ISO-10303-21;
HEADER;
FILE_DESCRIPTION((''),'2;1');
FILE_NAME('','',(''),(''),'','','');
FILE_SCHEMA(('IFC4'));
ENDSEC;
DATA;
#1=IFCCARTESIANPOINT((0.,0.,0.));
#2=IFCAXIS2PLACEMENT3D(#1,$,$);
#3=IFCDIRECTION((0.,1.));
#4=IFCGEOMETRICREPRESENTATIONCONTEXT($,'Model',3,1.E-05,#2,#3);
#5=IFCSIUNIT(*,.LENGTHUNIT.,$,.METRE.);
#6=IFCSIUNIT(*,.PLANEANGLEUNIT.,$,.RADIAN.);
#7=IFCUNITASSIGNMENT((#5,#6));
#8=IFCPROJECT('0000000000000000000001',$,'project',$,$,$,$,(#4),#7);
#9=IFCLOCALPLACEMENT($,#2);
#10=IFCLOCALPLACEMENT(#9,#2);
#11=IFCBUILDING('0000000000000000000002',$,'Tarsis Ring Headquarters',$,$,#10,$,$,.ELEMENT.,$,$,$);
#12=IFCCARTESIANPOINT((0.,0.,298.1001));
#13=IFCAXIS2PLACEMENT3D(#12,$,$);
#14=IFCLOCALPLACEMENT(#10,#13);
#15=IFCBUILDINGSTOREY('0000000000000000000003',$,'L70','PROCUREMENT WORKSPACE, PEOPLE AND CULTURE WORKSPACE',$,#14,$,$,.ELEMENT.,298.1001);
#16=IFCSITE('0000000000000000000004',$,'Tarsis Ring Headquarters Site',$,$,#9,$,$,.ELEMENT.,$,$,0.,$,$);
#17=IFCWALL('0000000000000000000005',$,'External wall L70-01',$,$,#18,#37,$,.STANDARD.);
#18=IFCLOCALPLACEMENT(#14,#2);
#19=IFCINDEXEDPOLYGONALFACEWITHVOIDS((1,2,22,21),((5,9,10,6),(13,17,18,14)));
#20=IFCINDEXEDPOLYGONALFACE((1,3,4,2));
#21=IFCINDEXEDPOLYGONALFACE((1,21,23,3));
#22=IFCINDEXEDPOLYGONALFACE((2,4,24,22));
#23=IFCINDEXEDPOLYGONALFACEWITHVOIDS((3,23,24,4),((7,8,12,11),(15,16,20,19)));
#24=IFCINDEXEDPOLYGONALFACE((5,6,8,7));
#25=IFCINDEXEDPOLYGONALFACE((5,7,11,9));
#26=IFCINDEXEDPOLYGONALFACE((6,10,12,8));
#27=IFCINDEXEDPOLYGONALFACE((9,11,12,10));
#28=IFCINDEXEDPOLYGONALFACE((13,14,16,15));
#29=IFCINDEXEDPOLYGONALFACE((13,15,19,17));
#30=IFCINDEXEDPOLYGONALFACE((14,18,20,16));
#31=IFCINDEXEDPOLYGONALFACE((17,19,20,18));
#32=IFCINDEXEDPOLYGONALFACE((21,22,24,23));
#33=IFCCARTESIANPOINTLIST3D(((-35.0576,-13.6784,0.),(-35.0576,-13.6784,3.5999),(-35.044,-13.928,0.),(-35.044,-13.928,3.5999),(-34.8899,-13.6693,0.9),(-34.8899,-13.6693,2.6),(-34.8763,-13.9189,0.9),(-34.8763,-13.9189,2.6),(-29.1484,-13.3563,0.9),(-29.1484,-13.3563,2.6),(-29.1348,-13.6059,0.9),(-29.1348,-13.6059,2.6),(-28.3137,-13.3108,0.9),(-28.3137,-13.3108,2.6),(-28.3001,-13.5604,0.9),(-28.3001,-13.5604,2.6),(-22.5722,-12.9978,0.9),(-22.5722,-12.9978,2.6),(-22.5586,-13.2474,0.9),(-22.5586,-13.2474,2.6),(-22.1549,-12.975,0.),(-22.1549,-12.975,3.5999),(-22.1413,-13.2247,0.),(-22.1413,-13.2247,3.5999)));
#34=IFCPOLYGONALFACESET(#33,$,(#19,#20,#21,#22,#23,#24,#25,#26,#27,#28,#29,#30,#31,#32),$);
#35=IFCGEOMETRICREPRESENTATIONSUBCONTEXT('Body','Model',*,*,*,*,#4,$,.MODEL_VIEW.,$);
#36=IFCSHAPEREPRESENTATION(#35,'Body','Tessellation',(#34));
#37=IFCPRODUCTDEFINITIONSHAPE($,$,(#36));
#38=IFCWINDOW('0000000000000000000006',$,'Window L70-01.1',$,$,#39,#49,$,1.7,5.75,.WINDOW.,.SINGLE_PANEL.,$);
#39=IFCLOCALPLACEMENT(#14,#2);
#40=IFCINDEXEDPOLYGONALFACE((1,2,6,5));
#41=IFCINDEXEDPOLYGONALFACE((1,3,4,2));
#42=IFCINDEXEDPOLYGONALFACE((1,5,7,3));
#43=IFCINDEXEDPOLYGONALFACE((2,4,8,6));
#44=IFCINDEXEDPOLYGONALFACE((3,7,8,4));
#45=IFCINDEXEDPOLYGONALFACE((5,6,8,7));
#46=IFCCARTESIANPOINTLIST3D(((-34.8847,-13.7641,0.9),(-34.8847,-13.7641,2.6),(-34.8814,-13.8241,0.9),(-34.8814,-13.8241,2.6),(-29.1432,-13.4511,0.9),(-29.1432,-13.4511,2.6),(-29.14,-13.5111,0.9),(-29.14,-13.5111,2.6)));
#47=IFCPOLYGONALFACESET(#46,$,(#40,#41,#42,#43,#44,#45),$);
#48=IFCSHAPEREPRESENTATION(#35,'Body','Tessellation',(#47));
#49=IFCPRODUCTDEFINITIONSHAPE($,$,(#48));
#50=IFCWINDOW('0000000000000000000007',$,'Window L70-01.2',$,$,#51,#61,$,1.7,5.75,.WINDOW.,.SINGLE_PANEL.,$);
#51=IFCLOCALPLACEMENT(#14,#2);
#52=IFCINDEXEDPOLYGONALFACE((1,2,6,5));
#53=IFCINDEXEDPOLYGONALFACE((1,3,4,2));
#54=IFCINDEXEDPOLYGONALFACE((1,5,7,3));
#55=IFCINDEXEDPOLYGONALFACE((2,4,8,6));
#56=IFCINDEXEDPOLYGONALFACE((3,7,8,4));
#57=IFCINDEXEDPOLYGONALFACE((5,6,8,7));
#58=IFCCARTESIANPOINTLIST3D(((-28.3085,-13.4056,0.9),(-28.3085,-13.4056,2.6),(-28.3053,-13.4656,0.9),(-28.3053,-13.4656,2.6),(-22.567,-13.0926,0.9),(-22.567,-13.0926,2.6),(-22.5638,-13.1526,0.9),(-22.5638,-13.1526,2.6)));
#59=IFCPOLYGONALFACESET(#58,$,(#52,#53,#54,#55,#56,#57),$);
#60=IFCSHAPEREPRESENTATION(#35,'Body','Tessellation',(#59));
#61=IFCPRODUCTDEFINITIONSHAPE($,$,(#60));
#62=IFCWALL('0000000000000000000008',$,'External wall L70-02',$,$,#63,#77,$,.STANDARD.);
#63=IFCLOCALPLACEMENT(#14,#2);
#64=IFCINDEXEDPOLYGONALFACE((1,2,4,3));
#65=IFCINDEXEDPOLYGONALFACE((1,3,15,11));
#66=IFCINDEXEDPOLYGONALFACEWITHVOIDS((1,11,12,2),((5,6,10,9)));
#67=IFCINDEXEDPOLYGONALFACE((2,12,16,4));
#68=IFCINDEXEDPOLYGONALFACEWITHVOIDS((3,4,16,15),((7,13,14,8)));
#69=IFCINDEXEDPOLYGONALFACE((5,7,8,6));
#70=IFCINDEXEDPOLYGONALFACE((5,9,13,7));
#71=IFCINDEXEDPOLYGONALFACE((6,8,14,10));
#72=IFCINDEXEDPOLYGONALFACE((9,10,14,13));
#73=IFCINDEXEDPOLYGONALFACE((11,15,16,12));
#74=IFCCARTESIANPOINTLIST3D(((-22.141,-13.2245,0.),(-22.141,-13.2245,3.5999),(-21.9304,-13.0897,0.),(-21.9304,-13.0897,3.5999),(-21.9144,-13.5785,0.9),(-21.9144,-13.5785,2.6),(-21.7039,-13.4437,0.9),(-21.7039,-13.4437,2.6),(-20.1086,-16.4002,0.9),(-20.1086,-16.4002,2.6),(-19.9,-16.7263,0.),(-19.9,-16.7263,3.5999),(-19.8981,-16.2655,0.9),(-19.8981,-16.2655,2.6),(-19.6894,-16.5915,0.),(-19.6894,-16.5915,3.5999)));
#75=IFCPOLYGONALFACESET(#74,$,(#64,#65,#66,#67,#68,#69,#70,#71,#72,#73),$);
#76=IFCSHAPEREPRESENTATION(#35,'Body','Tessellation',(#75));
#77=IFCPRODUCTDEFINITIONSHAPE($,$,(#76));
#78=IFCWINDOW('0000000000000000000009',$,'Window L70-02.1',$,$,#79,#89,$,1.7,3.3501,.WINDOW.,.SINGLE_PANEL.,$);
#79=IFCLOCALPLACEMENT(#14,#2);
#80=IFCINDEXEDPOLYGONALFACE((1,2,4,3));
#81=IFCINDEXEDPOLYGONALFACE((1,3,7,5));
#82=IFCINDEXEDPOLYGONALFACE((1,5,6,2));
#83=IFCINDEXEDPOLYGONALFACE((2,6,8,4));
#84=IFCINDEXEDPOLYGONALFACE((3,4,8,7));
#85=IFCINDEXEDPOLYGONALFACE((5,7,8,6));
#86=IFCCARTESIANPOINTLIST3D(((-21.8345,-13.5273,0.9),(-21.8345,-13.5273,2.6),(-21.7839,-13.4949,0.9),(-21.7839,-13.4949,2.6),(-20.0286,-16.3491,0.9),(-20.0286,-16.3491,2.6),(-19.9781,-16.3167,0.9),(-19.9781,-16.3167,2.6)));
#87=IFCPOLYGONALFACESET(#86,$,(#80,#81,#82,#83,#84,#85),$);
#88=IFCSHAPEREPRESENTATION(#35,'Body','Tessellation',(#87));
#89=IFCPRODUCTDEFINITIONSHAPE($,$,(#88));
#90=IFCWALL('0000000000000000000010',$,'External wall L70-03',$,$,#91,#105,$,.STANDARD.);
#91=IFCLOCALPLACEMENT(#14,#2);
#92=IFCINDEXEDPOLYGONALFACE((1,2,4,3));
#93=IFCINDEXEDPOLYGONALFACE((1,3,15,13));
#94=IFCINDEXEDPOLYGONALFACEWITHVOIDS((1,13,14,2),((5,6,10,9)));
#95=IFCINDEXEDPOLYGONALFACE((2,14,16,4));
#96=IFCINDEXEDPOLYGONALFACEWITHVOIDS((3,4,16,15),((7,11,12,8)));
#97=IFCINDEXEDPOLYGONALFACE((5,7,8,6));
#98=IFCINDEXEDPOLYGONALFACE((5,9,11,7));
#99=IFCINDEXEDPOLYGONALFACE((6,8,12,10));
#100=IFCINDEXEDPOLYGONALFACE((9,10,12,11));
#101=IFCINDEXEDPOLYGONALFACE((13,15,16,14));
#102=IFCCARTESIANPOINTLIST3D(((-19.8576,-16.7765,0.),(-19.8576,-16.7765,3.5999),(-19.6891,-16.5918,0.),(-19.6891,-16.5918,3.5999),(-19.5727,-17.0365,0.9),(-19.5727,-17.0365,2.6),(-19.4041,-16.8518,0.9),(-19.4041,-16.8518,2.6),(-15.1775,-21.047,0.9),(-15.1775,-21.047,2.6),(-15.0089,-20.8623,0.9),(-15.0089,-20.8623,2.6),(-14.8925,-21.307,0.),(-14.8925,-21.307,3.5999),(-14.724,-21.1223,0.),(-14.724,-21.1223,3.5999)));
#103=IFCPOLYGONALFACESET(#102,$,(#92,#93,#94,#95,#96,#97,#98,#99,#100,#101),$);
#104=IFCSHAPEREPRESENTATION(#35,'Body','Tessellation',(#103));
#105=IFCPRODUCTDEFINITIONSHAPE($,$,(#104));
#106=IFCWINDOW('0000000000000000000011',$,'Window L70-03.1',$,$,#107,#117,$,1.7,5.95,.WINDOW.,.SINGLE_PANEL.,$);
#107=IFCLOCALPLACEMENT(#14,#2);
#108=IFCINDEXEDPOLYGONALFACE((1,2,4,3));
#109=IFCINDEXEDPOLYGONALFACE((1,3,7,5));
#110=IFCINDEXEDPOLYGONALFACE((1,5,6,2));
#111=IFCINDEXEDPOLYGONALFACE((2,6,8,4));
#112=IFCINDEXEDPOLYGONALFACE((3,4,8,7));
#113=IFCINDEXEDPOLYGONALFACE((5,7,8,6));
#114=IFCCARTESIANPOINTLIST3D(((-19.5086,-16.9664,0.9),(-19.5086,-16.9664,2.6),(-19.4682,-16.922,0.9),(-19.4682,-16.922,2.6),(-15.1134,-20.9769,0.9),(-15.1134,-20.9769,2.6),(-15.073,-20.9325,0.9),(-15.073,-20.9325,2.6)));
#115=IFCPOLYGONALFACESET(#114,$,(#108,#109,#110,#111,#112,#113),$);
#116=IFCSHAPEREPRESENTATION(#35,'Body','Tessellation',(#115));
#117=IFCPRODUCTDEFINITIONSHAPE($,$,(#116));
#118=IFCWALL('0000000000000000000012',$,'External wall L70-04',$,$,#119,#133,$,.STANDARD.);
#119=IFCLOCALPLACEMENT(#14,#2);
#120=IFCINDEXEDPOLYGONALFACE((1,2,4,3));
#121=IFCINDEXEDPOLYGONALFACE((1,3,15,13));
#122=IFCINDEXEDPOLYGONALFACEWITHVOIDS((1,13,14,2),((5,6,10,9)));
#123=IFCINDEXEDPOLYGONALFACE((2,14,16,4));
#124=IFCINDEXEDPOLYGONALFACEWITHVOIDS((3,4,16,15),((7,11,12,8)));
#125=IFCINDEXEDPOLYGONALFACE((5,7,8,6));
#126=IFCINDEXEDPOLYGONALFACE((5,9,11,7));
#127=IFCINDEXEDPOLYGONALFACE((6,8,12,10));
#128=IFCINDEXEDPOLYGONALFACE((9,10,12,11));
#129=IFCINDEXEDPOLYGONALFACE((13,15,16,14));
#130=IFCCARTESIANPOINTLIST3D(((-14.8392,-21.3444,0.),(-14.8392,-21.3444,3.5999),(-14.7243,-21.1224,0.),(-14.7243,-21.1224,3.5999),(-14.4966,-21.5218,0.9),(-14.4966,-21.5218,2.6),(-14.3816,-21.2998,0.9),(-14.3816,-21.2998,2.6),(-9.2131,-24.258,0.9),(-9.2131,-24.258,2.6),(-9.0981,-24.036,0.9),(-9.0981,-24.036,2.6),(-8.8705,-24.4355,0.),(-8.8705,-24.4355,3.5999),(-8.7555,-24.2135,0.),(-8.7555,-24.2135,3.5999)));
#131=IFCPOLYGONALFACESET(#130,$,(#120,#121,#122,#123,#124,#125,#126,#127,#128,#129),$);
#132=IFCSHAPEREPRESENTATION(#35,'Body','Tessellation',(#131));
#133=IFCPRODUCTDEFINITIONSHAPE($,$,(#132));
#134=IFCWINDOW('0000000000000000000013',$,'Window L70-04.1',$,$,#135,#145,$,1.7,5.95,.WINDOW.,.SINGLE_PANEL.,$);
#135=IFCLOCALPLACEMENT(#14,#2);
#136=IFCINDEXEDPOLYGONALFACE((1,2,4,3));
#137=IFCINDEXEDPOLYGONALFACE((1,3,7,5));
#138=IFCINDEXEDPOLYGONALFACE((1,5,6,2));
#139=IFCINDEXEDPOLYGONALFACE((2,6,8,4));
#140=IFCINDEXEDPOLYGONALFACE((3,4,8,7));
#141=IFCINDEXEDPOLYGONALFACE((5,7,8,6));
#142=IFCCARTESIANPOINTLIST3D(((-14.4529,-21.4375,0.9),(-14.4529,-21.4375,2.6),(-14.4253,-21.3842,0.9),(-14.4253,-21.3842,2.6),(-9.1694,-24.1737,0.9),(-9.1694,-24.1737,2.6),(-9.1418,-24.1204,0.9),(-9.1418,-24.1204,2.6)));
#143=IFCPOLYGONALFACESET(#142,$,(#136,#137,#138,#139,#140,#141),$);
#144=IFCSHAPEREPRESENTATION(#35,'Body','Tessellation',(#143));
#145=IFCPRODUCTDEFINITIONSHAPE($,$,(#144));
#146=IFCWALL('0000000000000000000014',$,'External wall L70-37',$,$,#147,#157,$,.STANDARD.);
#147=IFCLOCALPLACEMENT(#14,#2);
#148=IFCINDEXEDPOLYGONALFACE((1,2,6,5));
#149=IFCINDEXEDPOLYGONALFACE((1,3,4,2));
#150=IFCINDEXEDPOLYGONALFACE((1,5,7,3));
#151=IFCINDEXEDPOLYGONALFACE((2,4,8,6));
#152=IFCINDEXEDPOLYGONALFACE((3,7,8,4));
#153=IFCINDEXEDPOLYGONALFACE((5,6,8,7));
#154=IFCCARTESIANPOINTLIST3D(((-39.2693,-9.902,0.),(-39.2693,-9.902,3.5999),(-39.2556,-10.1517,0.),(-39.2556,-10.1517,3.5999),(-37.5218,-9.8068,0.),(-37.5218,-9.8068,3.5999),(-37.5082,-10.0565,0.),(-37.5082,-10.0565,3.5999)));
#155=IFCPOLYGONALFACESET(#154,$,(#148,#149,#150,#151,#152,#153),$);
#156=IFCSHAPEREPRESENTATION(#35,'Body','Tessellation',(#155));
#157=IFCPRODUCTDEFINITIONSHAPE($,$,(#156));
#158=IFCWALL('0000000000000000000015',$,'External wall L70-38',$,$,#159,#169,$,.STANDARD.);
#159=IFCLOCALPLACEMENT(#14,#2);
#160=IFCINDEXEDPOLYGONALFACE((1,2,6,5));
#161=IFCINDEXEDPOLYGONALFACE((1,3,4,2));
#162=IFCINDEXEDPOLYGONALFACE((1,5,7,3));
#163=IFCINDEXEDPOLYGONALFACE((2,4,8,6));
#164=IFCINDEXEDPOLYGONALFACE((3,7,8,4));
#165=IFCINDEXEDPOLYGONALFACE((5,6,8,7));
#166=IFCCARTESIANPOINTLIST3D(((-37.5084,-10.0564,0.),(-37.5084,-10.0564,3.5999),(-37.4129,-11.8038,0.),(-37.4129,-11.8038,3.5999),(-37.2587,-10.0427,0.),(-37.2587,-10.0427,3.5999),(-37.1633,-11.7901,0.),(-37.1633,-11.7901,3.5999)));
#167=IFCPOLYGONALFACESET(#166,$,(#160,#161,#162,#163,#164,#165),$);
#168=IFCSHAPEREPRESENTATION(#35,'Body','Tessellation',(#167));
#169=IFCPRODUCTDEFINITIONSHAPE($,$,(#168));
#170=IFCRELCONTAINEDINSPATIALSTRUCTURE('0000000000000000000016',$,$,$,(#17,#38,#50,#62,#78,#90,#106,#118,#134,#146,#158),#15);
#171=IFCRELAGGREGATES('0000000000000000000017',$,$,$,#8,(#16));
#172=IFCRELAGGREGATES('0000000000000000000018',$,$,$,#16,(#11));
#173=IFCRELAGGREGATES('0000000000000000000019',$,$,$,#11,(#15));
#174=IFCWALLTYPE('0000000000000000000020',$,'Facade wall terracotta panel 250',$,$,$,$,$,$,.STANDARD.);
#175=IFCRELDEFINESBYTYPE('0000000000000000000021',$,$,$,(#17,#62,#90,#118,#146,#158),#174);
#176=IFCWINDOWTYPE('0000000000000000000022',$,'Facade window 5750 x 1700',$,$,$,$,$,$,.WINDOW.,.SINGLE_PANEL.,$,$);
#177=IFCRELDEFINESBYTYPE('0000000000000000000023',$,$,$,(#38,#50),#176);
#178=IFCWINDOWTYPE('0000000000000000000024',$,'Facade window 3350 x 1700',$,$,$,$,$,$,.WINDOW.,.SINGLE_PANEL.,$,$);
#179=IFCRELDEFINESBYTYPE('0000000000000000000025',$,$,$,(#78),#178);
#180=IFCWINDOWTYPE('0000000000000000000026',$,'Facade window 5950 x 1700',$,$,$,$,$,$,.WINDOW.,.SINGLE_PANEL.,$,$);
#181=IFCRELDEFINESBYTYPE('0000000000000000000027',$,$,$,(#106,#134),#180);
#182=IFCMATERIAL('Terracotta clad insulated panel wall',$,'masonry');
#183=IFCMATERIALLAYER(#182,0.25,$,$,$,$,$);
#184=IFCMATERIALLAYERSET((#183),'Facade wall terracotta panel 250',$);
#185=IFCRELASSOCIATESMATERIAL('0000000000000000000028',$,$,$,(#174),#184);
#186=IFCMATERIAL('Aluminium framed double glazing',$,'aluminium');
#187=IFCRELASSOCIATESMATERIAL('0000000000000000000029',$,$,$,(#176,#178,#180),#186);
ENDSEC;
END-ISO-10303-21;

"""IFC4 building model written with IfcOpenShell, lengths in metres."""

from ifc_helpers import new_model, si_unit, direction, frame, frame_2d, origin, place, context, subcontext, project, spatial, rectangle, extrude, material, layer, layer_set, type_object, element, fill, save


model = new_model("IFC4")

# Units and contexts
model_context = context("Model", 3, precision=1e-05, world=origin(), true_north=direction((0.0, 1.0)))
body_context = subcontext(model_context, "Body", "Model", "MODEL_VIEW")
ifc_project = project(units=[si_unit("LENGTHUNIT", "METRE"), si_unit("PLANEANGLEUNIT", "RADIAN")], contexts=[model_context])

# Site, building, storey
site_placement = place(None, origin())
site = spatial("IfcSite", under=ifc_project, at=site_placement, Name="Tarsis Ring Headquarters Site", CompositionType="ELEMENT", RefElevation=0.0)
building_placement = place(site_placement, origin())
building = spatial("IfcBuilding", under=site, at=building_placement, Name="Tarsis Ring Headquarters", CompositionType="ELEMENT")
storey_placement = place(building_placement, frame((0.0, 0.0, 298.1001)))
storey = spatial("IfcBuildingStorey", under=building, at=storey_placement, Name="L70", Description="PROCUREMENT WORKSPACE, PEOPLE AND CULTURE WORKSPACE", CompositionType="ELEMENT", Elevation=298.1001)

# Wall, openings, windows
ifc_material_1 = material(Name="Terracotta clad insulated panel wall", Category="masonry")
ifc_layer_1 = layer(ifc_material_1, 0.25)
ifc_layer_set_1 = layer_set([ifc_layer_1], Name="Facade wall terracotta panel 250")
wall_type_1 = type_object("IfcWallType", Name="Facade wall terracotta panel 250", PredefinedType="STANDARD", material=ifc_layer_set_1)
wall_1_placement = place(storey_placement, frame((-35.0508, -13.8032, 0.0), z_axis=(0.0, 0.0, 1.0), x_axis=(0.998517, 0.054432, 0.0)))
wall_1 = element("IfcWall", 1, at=wall_1_placement, inside=storey, type_object=wall_type_1, Name="External wall L70-01", PredefinedType="STANDARD", context=body_context, shape_type="SweptSolid", body=[
    extrude(rectangle(XDim=12.9219, YDim=0.25, at=frame_2d((6.4609, 0.0))), origin(), (0.0, 0.0, 1.0), 3.5999),
])
opening_1_placement = place(wall_1_placement, frame((0.168, 0.0, 0.8999)))
opening_1 = element("IfcOpeningElement", 2, at=opening_1_placement, cuts=wall_1, PredefinedType="OPENING", context=body_context, shape_type="SweptSolid", body=[
    extrude(rectangle(XDim=5.75, YDim=1.7, at=frame_2d((2.875, 0.8501))), frame((0.0, 0.135, 0.0), z_axis=(0.0, -1.0, 0.0), x_axis=(1.0, 0.0, 0.0)), (0.0, 0.0, 1.0), 0.27),
])
opening_2_placement = place(wall_1_placement, frame((6.7539, 0.0, 0.8999)))
opening_2 = element("IfcOpeningElement", 3, at=opening_2_placement, cuts=wall_1, PredefinedType="OPENING", context=body_context, shape_type="SweptSolid", body=[
    extrude(rectangle(XDim=5.75, YDim=1.7, at=frame_2d((2.875, 0.8501))), frame((0.0, 0.135, 0.0), z_axis=(0.0, -1.0, 0.0), x_axis=(1.0, 0.0, 0.0)), (0.0, 0.0, 1.0), 0.27),
])
ifc_material_2 = material(Name="Aluminium framed double glazing", Category="aluminium")
window_type_1 = type_object("IfcWindowType", Name="Facade window 5750 x 1700", PartitioningType="SINGLE_PANEL", PredefinedType="WINDOW", material=ifc_material_2)
window_1_placement = place(opening_1_placement, origin())
window_1 = element("IfcWindow", 4, at=window_1_placement, inside=storey, type_object=window_type_1, Name="Window L70-01.1", OverallHeight=1.7, OverallWidth=5.75, PartitioningType="SINGLE_PANEL", PredefinedType="WINDOW", context=body_context, shape_type="SweptSolid", body=[
    extrude(rectangle(XDim=5.75, YDim=1.7, at=frame_2d((2.875, 0.8501))), frame((0.0, 0.03, 0.0), z_axis=(0.0, -1.0, 0.0), x_axis=(1.0, 0.0, 0.0)), (0.0, 0.0, 1.0), 0.0601),
])
fill(opening_1, window_1)
window_2_placement = place(opening_2_placement, origin())
window_2 = element("IfcWindow", 5, at=window_2_placement, inside=storey, type_object=window_type_1, Name="Window L70-01.2", OverallHeight=1.7, OverallWidth=5.75, PartitioningType="SINGLE_PANEL", PredefinedType="WINDOW", context=body_context, shape_type="SweptSolid", body=[
    extrude(rectangle(XDim=5.75, YDim=1.7, at=frame_2d((2.875, 0.8501))), frame((0.0, 0.03, 0.0), z_axis=(0.0, -1.0, 0.0), x_axis=(1.0, 0.0, 0.0)), (0.0, 0.0, 1.0), 0.0601),
])
fill(opening_2, window_2)

# Walls, openings, windows
wall_2_placement = place(storey_placement, frame((-22.0356, -13.1572, 0.0), z_axis=(0.0, 0.0, 1.0), x_axis=(0.539032, -0.842285, 0.0)))
wall_2 = element("IfcWall", 6, at=wall_2_placement, inside=storey, type_object=wall_type_1, Name="External wall L70-02", PredefinedType="STANDARD", context=body_context, shape_type="SweptSolid", body=[
    extrude(rectangle(XDim=4.1575, YDim=0.25, at=frame_2d((2.0786, 0.0))), origin(), (0.0, 0.0, 1.0), 3.5999),
])
opening_3_placement = place(wall_2_placement, frame((0.4202, 0.0, 0.8999)))
opening_3 = element("IfcOpeningElement", 7, at=opening_3_placement, cuts=wall_2, PredefinedType="OPENING", context=body_context, shape_type="SweptSolid", body=[
    extrude(rectangle(XDim=3.3501, YDim=1.7, at=frame_2d((1.675, 0.8501))), frame((0.0, 0.135, 0.0), z_axis=(0.0, -1.0, 0.0), x_axis=(1.0, 0.0, 0.0)), (0.0, 0.0, 1.0), 0.27),
])
window_type_2 = type_object("IfcWindowType", Name="Facade window 3350 x 1700", PartitioningType="SINGLE_PANEL", PredefinedType="WINDOW", material=ifc_material_2)
window_3_placement = place(opening_3_placement, origin())
window_3 = element("IfcWindow", 8, at=window_3_placement, inside=storey, type_object=window_type_2, Name="Window L70-02.1", OverallHeight=1.7, OverallWidth=3.3501, PartitioningType="SINGLE_PANEL", PredefinedType="WINDOW", context=body_context, shape_type="SweptSolid", body=[
    extrude(rectangle(XDim=3.3501, YDim=1.7, at=frame_2d((1.675, 0.8501))), frame((0.0, 0.03, 0.0), z_axis=(0.0, -1.0, 0.0), x_axis=(1.0, 0.0, 0.0)), (0.0, 0.0, 1.0), 0.0601),
])
fill(opening_3, window_3)
wall_3_placement = place(storey_placement, frame((-19.7734, -16.6841, 0.0), z_axis=(0.0, 0.0, 1.0), x_axis=(0.738695, -0.67404, 0.0)))
wall_3 = element("IfcWall", 9, at=wall_3_placement, inside=storey, type_object=wall_type_1, Name="External wall L70-03", PredefinedType="STANDARD", context=body_context, shape_type="SweptSolid", body=[
    extrude(rectangle(XDim=6.7214, YDim=0.25, at=frame_2d((3.3608, 0.0))), origin(), (0.0, 0.0, 1.0), 3.5999),
])
opening_4_placement = place(wall_3_placement, frame((0.3857, 0.0, 0.8999)))
opening_4 = element("IfcOpeningElement", 10, at=opening_4_placement, cuts=wall_3, PredefinedType="OPENING", context=body_context, shape_type="SweptSolid", body=[
    extrude(rectangle(XDim=5.95, YDim=1.7, at=frame_2d((2.9751, 0.8501))), frame((0.0, 0.135, 0.0), z_axis=(0.0, -1.0, 0.0), x_axis=(1.0, 0.0, 0.0)), (0.0, 0.0, 1.0), 0.27),
])
window_type_3 = type_object("IfcWindowType", Name="Facade window 5950 x 1700", PartitioningType="SINGLE_PANEL", PredefinedType="WINDOW", material=ifc_material_2)
window_4_placement = place(opening_4_placement, origin())
window_4 = element("IfcWindow", 11, at=window_4_placement, inside=storey, type_object=window_type_3, Name="Window L70-03.1", OverallHeight=1.7, OverallWidth=5.95, PartitioningType="SINGLE_PANEL", PredefinedType="WINDOW", context=body_context, shape_type="SweptSolid", body=[
    extrude(rectangle(XDim=5.95, YDim=1.7, at=frame_2d((2.9751, 0.8501))), frame((0.0, 0.03, 0.0), z_axis=(0.0, -1.0, 0.0), x_axis=(1.0, 0.0, 0.0)), (0.0, 0.0, 1.0), 0.0601),
])
fill(opening_4, window_4)
wall_4_placement = place(storey_placement, frame((-14.7817, -21.2334, 0.0), z_axis=(0.0, 0.0, 1.0), x_axis=(0.887988, -0.459867, 0.0)))
wall_4 = element("IfcWall", 12, at=wall_4_placement, inside=storey, type_object=wall_type_1, Name="External wall L70-04", PredefinedType="STANDARD", context=body_context, shape_type="SweptSolid", body=[
    extrude(rectangle(XDim=6.7217, YDim=0.25, at=frame_2d((3.3608, 0.0))), origin(), (0.0, 0.0, 1.0), 3.5999),
])
opening_5_placement = place(wall_4_placement, frame((0.3857, 0.0, 0.8999)))
opening_5 = element("IfcOpeningElement", 13, at=opening_5_placement, cuts=wall_4, PredefinedType="OPENING", context=body_context, shape_type="SweptSolid", body=[
    extrude(rectangle(XDim=5.95, YDim=1.7, at=frame_2d((2.9751, 0.8501))), frame((0.0, 0.135, 0.0), z_axis=(0.0, -1.0, 0.0), x_axis=(1.0, 0.0, 0.0)), (0.0, 0.0, 1.0), 0.27),
])
window_5_placement = place(opening_5_placement, origin())
window_5 = element("IfcWindow", 14, at=window_5_placement, inside=storey, type_object=window_type_3, Name="Window L70-04.1", OverallHeight=1.7, OverallWidth=5.95, PartitioningType="SINGLE_PANEL", PredefinedType="WINDOW", context=body_context, shape_type="SweptSolid", body=[
    extrude(rectangle(XDim=5.95, YDim=1.7, at=frame_2d((2.9751, 0.8501))), frame((0.0, 0.03, 0.0), z_axis=(0.0, -1.0, 0.0), x_axis=(1.0, 0.0, 0.0)), (0.0, 0.0, 1.0), 0.0601),
])
fill(opening_5, window_5)

# Walls
for number, where, z_axis, x_axis, name in (
    (15, (-39.2625, -10.0269, 0.0), (0.0, 0.0, 1.0), (0.998519, 0.054411, 0.0), "External wall L70-37"),
    (16, (-37.3835, -10.0496, 0.0), (0.0, 0.0, 1.0), (0.05455, -0.998511, 0.0), "External wall L70-38"),
):
    element("IfcWall", number, at=place(storey_placement, frame(where, z_axis=z_axis, x_axis=x_axis)), inside=storey, type_object=wall_type_1, Name=name, PredefinedType="STANDARD", context=body_context, shape_type="SweptSolid", body=[
        extrude(rectangle(XDim=1.75, YDim=0.25, at=frame_2d((0.875, 0.0))), origin(), (0.0, 0.0, 1.0), 3.5999),
    ])

save(model, "model.ifc")
